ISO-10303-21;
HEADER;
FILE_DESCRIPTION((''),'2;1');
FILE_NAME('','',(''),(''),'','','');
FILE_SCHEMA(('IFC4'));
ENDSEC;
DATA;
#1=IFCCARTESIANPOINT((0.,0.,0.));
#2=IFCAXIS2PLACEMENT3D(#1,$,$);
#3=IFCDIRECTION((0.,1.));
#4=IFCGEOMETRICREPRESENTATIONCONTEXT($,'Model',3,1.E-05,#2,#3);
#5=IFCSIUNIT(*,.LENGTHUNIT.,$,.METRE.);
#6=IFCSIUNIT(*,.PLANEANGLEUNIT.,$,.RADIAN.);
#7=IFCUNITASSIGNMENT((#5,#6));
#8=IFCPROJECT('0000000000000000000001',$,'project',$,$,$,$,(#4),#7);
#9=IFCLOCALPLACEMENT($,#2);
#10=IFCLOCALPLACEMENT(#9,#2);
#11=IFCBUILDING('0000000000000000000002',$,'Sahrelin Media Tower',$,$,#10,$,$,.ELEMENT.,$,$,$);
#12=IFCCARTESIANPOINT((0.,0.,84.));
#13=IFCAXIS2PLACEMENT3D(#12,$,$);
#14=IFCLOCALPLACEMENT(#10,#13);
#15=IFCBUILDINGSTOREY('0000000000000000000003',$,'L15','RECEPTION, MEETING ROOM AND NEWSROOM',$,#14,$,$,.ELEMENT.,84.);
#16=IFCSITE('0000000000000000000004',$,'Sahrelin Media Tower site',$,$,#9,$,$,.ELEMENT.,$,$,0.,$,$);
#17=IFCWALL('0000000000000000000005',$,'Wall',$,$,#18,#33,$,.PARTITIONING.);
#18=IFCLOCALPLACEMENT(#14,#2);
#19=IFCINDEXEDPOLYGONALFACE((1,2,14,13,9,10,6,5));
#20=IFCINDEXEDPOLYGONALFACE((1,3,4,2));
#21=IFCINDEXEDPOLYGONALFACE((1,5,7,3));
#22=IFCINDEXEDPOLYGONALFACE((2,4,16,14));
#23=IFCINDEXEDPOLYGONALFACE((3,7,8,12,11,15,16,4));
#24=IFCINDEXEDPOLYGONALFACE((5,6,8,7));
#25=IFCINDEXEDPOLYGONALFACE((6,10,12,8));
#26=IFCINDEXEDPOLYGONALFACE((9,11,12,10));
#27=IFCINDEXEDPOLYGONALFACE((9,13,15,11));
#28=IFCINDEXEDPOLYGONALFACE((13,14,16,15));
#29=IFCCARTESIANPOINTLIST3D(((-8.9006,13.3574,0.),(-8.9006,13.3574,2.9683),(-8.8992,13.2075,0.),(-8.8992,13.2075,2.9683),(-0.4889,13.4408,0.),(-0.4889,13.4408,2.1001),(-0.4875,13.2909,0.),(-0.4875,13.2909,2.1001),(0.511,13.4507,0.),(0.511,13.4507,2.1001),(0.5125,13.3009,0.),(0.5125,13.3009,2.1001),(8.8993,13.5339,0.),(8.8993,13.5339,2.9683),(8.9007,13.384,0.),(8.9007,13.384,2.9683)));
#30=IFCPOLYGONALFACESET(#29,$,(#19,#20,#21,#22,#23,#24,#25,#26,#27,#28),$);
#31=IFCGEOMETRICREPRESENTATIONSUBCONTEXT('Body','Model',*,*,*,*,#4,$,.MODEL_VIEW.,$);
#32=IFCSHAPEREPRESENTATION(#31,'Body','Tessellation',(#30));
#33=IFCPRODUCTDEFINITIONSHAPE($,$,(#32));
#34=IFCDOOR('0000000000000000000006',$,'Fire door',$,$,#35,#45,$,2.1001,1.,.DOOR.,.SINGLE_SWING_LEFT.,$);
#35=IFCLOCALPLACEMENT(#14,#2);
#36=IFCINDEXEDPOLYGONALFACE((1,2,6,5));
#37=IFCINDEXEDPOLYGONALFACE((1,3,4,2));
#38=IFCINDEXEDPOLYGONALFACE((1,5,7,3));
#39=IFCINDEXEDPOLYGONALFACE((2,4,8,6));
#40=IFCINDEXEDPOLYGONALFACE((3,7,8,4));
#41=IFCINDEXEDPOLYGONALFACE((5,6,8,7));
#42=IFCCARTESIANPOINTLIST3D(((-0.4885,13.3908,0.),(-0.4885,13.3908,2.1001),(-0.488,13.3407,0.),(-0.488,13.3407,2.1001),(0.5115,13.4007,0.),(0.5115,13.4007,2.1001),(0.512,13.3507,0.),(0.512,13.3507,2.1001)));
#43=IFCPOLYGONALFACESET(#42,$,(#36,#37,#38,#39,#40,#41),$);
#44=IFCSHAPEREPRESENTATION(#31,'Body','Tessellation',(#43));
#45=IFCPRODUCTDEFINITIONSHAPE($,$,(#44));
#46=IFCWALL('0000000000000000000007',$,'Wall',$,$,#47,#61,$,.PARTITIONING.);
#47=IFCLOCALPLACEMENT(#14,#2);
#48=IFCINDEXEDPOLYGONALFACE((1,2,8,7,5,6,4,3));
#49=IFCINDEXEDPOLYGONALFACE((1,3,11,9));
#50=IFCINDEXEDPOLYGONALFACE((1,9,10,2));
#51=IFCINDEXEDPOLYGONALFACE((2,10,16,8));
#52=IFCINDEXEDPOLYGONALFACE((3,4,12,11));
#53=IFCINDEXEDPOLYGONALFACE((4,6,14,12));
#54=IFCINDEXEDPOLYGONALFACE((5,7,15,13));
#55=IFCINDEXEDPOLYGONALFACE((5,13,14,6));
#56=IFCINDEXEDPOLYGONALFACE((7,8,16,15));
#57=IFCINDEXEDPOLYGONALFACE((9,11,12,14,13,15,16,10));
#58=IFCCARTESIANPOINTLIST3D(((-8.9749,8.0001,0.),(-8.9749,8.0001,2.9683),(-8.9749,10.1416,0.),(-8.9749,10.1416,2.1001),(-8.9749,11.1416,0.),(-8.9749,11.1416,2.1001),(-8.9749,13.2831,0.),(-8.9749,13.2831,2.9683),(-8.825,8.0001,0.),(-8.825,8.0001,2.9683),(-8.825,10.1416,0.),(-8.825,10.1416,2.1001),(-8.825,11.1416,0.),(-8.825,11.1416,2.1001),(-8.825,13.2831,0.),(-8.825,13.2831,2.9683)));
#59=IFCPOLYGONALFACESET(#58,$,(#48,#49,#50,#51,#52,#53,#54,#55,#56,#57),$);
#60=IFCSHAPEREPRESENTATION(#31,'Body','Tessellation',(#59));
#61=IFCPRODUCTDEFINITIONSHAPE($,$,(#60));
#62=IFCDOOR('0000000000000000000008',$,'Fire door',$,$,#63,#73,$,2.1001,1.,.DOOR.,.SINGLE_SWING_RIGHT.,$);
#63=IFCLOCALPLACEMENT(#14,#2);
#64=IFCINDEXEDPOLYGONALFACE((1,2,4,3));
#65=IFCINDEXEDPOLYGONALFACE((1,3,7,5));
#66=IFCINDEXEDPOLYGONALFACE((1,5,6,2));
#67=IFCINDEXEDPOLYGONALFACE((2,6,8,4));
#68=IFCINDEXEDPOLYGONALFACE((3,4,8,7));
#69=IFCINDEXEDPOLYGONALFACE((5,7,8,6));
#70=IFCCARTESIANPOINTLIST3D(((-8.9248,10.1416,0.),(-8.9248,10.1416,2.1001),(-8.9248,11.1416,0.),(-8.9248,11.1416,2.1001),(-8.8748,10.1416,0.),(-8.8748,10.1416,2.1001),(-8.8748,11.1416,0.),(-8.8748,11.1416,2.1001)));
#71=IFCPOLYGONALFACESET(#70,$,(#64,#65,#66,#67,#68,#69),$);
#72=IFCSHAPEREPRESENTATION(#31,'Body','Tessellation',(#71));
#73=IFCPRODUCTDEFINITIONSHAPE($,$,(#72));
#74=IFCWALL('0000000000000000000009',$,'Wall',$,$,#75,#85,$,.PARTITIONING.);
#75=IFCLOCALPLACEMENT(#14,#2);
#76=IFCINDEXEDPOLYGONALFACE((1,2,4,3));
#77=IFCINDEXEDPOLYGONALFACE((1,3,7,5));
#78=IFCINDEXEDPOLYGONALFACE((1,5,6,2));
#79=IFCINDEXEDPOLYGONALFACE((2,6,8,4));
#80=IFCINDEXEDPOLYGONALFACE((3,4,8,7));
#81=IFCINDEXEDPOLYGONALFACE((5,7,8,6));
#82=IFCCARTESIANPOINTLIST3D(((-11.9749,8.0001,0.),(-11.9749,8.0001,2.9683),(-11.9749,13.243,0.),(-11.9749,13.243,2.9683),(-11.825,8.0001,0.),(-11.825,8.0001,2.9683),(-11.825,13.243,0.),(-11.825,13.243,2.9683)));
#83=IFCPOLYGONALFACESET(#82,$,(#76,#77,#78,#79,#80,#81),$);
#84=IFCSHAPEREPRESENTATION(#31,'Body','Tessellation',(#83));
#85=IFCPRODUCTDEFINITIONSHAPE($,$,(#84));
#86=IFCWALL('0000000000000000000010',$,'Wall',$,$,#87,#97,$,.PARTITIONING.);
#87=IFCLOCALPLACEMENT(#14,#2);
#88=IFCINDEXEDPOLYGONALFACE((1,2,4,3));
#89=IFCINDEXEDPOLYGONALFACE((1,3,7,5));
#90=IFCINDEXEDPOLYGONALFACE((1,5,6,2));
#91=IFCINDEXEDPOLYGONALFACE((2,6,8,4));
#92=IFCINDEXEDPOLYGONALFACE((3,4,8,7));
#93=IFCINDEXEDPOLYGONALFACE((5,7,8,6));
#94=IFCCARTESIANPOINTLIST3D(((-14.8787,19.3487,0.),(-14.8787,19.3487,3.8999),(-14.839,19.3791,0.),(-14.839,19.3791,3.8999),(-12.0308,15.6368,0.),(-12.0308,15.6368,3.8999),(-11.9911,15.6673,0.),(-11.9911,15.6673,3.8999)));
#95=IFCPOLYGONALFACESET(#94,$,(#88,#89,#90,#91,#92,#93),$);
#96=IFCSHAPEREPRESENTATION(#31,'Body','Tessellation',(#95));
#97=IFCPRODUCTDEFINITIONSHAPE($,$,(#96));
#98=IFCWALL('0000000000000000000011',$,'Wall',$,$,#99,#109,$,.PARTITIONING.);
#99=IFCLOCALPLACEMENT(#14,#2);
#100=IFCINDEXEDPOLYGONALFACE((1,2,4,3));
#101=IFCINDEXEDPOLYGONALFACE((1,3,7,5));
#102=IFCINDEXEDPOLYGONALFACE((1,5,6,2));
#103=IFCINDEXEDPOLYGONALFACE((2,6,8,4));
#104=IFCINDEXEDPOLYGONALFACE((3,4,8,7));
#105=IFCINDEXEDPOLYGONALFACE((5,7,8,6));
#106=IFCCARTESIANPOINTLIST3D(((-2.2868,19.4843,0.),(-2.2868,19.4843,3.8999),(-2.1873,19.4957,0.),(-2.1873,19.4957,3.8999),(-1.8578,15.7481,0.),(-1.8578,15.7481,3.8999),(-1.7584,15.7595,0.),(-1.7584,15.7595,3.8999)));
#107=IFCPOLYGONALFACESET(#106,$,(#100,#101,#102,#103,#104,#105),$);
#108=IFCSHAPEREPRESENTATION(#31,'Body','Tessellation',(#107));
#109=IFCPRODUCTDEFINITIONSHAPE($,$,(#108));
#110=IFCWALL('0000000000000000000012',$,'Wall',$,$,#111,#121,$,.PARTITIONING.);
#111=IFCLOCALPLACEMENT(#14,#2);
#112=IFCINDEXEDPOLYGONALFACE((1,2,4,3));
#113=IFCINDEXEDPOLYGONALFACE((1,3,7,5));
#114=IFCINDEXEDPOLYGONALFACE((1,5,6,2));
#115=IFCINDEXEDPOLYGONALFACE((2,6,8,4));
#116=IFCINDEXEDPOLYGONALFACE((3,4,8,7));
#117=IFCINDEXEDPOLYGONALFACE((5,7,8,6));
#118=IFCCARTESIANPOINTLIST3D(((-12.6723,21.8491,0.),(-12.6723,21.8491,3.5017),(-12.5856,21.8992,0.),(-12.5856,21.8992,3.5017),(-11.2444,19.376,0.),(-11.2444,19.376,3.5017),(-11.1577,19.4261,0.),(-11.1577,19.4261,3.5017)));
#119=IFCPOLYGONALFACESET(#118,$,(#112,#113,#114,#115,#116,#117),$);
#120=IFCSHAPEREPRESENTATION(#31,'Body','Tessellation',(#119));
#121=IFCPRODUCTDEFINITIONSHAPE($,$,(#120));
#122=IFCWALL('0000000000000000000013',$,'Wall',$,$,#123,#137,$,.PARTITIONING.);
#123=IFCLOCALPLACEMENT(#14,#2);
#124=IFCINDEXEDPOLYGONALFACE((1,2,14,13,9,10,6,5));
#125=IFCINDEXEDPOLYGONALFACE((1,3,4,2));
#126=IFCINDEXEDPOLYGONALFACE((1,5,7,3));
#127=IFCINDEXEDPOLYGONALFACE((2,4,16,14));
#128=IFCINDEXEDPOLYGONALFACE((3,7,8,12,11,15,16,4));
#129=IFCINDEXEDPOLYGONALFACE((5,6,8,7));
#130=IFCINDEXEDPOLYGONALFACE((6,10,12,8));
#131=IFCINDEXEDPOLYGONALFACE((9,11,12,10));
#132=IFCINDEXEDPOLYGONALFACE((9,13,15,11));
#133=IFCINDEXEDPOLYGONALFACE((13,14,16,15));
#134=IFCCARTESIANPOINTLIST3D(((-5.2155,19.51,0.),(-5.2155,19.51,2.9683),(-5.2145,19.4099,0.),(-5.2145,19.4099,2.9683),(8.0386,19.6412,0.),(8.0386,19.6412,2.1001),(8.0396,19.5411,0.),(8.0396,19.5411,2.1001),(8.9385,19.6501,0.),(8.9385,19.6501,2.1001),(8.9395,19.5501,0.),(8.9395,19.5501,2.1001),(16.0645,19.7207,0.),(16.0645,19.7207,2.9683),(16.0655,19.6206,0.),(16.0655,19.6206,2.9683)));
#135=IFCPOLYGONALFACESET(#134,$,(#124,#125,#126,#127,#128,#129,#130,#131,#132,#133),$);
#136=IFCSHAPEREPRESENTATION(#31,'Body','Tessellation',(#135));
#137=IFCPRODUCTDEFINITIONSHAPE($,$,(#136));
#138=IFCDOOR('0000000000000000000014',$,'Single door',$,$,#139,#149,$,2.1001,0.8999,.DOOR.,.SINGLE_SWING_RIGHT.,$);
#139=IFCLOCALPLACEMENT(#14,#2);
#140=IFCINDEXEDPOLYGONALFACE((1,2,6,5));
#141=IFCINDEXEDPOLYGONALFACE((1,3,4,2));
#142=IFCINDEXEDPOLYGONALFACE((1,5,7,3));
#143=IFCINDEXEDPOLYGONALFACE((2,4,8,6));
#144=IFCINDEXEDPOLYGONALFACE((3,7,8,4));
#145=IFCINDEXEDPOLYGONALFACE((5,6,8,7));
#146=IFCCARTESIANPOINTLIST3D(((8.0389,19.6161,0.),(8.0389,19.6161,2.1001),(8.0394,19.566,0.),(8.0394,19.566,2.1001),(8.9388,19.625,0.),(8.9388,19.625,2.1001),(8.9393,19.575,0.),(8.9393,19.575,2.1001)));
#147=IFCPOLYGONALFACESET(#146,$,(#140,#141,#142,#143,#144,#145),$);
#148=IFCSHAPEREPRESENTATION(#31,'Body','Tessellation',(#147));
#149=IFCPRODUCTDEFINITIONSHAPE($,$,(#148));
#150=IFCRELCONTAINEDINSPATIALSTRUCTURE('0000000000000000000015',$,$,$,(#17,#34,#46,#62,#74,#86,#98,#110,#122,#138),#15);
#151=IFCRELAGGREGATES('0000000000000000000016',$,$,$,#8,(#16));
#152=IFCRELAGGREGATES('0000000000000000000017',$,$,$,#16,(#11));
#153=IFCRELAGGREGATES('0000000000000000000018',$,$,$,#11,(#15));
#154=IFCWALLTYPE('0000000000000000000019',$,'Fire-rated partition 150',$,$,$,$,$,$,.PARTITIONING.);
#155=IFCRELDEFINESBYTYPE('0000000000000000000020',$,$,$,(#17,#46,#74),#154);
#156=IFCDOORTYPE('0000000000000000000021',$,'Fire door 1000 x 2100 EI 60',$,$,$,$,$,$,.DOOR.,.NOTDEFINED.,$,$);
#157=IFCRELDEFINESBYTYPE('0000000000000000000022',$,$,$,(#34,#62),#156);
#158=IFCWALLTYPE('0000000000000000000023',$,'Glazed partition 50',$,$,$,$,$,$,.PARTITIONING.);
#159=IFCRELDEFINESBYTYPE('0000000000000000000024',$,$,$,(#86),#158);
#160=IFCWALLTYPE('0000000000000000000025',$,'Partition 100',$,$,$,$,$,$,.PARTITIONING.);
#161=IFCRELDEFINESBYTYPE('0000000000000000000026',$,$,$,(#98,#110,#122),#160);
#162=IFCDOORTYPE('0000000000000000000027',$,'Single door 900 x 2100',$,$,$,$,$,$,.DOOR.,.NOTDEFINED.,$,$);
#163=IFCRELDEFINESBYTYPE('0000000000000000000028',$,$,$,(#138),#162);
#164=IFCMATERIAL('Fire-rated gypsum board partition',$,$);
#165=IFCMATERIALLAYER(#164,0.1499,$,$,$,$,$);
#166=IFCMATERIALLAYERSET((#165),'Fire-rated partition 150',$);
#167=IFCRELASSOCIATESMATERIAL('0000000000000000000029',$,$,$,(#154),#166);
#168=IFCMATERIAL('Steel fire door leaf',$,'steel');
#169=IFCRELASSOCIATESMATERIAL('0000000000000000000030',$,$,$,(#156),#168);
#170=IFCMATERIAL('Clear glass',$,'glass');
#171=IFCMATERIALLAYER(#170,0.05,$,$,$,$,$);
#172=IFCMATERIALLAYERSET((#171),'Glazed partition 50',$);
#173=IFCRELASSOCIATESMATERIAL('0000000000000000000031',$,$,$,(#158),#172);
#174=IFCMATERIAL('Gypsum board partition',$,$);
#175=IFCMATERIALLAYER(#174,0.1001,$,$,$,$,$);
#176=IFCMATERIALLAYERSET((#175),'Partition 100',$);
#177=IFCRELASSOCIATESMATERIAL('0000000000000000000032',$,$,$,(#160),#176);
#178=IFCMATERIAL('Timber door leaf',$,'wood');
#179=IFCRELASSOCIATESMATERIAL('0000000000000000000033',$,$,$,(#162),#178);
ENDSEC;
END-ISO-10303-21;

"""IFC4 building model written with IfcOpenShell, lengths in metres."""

from ifc_helpers import new_model, si_unit, direction, frame, frame_2d, origin, place, context, subcontext, project, spatial, rectangle, extrude, material, layer, layer_set, type_object, element, fill, save


model = new_model("IFC4")

# Units and contexts
model_context = context("Model", 3, precision=1e-05, world=origin(), true_north=direction((0.0, 1.0)))
body_context = subcontext(model_context, "Body", "Model", "MODEL_VIEW")
ifc_project = project(units=[si_unit("LENGTHUNIT", "METRE"), si_unit("PLANEANGLEUNIT", "RADIAN")], contexts=[model_context])

# Site, building, storey
site_placement = place(None, origin())
site = spatial("IfcSite", under=ifc_project, at=site_placement, Name="Sahrelin Media Tower site", CompositionType="ELEMENT", RefElevation=0.0)
building_placement = place(site_placement, origin())
building = spatial("IfcBuilding", under=site, at=building_placement, Name="Sahrelin Media Tower", CompositionType="ELEMENT")
storey_placement = place(building_placement, frame((0.0, 0.0, 84.0)))
storey = spatial("IfcBuildingStorey", under=building, at=storey_placement, Name="L15", Description="RECEPTION, MEETING ROOM AND NEWSROOM", CompositionType="ELEMENT", Elevation=84.0)

# Shared definitions
ifc_material_1 = material(Name="Fire-rated gypsum board partition")
ifc_layer_1 = layer(ifc_material_1, 0.1499)
ifc_layer_set_1 = layer_set([ifc_layer_1], Name="Fire-rated partition 150")
wall_type_1 = type_object("IfcWallType", Name="Fire-rated partition 150", PredefinedType="PARTITIONING", material=ifc_layer_set_1)

# Walls, openings, doors
wall_1_placement = place(storey_placement, frame((-8.8999, 13.2825, 0.0), z_axis=(0.0, 0.0, 1.0), x_axis=(0.999951, 0.009916, 0.0)))
wall_1 = element("IfcWall", 1, at=wall_1_placement, inside=storey, type_object=wall_type_1, Name="Wall", PredefinedType="PARTITIONING", context=body_context, shape_type="SweptSolid", body=[
    extrude(rectangle(XDim=17.8008, YDim=0.1499, at=frame_2d((8.9004, 0.0))), origin(), (0.0, 0.0, 1.0), 2.9683),
])
opening_1_placement = place(wall_1_placement, frame((8.4121, 0.0, 0.0)))
opening_1 = element("IfcOpeningElement", 2, at=opening_1_placement, cuts=wall_1, PredefinedType="OPENING", context=body_context, shape_type="SweptSolid", body=[
    extrude(rectangle(XDim=1.0, YDim=2.1001, at=frame_2d((0.5, 1.05))), frame((0.0, 0.075, 0.0), z_axis=(0.0, -1.0, 0.0), x_axis=(1.0, 0.0, 0.0)), (0.0, 0.0, 1.0), 0.1499),
])
ifc_material_2 = material(Name="Steel fire door leaf", Category="steel")
door_type_1 = type_object("IfcDoorType", Name="Fire door 1000 x 2100 EI 60", OperationType="NOTDEFINED", PredefinedType="DOOR", material=ifc_material_2)
door_1_placement = place(opening_1_placement, origin())
door_1 = element("IfcDoor", 3, at=door_1_placement, inside=storey, type_object=door_type_1, Name="Fire door", OperationType="SINGLE_SWING_LEFT", OverallHeight=2.1001, OverallWidth=1.0, PredefinedType="DOOR", context=body_context, shape_type="SweptSolid", body=[
    extrude(rectangle(XDim=1.0, YDim=2.1001, at=frame_2d((0.5, 1.05))), frame((0.0, 0.0249, 0.0), z_axis=(0.0, -1.0, 0.0), x_axis=(1.0, 0.0, 0.0)), (0.0, 0.0, 1.0), 0.05),
])
fill(opening_1, door_1)
wall_2_placement = place(storey_placement, frame((-8.8999, 8.0, 0.0), z_axis=(0.0, 0.0, 1.0), x_axis=(0.0, 1.0, 0.0)))
wall_2 = element("IfcWall", 4, at=wall_2_placement, inside=storey, type_object=wall_type_1, Name="Wall", PredefinedType="PARTITIONING", context=body_context, shape_type="SweptSolid", body=[
    extrude(rectangle(XDim=5.283, YDim=0.1499, at=frame_2d((2.6416, 0.0))), origin(), (0.0, 0.0, 1.0), 2.9683),
])
opening_2_placement = place(wall_2_placement, frame((2.1416, 0.0, 0.0)))
opening_2 = element("IfcOpeningElement", 5, at=opening_2_placement, cuts=wall_2, PredefinedType="OPENING", context=body_context, shape_type="SweptSolid", body=[
    extrude(rectangle(XDim=1.0, YDim=2.1001, at=frame_2d((0.5, 1.05))), frame((0.0, 0.075, 0.0), z_axis=(0.0, -1.0, 0.0), x_axis=(1.0, 0.0, 0.0)), (0.0, 0.0, 1.0), 0.1499),
])
door_2_placement = place(opening_2_placement, origin())
door_2 = element("IfcDoor", 6, at=door_2_placement, inside=storey, type_object=door_type_1, Name="Fire door", OperationType="SINGLE_SWING_RIGHT", OverallHeight=2.1001, OverallWidth=1.0, PredefinedType="DOOR", context=body_context, shape_type="SweptSolid", body=[
    extrude(rectangle(XDim=1.0, YDim=2.1001, at=frame_2d((0.5, 1.05))), frame((0.0, 0.0249, 0.0), z_axis=(0.0, -1.0, 0.0), x_axis=(1.0, 0.0, 0.0)), (0.0, 0.0, 1.0), 0.05),
])
fill(opening_2, door_2)

# Walls
wall_3_placement = place(storey_placement, frame((-11.8999, 8.0, 0.0), z_axis=(0.0, 0.0, 1.0), x_axis=(0.0, 1.0, 0.0)))
element("IfcWall", 7, at=wall_3_placement, inside=storey, type_object=wall_type_1, Name="Wall", PredefinedType="PARTITIONING", context=body_context, shape_type="SweptSolid", body=[
    extrude(rectangle(XDim=5.2429, YDim=0.1499, at=frame_2d((2.6216, 0.0))), origin(), (0.0, 0.0, 1.0), 2.9683),
])
ifc_material_3 = material(Name="Clear glass", Category="glass")
ifc_layer_2 = layer(ifc_material_3, 0.05)
ifc_layer_set_2 = layer_set([ifc_layer_2], Name="Glazed partition 50")
wall_type_2 = type_object("IfcWallType", Name="Glazed partition 50", PredefinedType="PARTITIONING", material=ifc_layer_set_2)
wall_4_placement = place(storey_placement, frame((-14.8589, 19.364, 0.0), z_axis=(0.0, 0.0, 1.0), x_axis=(0.608714, -0.79339, 0.0)))
element("IfcWall", 8, at=wall_4_placement, inside=storey, type_object=wall_type_2, Name="Wall", PredefinedType="PARTITIONING", context=body_context, shape_type="SweptSolid", body=[
    extrude(rectangle(XDim=4.6785, YDim=0.05, at=frame_2d((2.3394, 0.0))), origin(), (0.0, 0.0, 1.0), 3.8999),
])
ifc_material_4 = material(Name="Gypsum board partition")
ifc_layer_3 = layer(ifc_material_4, 0.1001)
ifc_layer_set_3 = layer_set([ifc_layer_3], Name="Partition 100")
wall_type_3 = type_object("IfcWallType", Name="Partition 100", PredefinedType="PARTITIONING", material=ifc_layer_set_3)
wall_5_placement = place(storey_placement, frame((-2.2371, 19.49, 0.0), z_axis=(0.0, 0.0, 1.0), x_axis=(0.114065, -0.993473, 0.0)))
element("IfcWall", 9, at=wall_5_placement, inside=storey, type_object=wall_type_3, Name="Wall", PredefinedType="PARTITIONING", context=body_context, shape_type="SweptSolid", body=[
    extrude(rectangle(XDim=3.7607, YDim=0.1001, at=frame_2d((1.8804, 0.0))), origin(), (0.0, 0.0, 1.0), 3.8999),
])
wall_6_placement = place(storey_placement, frame((-12.6289, 21.874, 0.0), z_axis=(0.0, 0.0, 1.0), x_axis=(0.500028, -0.866009, 0.0)))
element("IfcWall", 10, at=wall_6_placement, inside=storey, type_object=wall_type_3, Name="Wall", PredefinedType="PARTITIONING", context=body_context, shape_type="SweptSolid", body=[
    extrude(rectangle(XDim=2.8557, YDim=0.1001, at=frame_2d((1.4277, 0.0))), origin(), (0.0, 0.0, 1.0), 3.5017),
])

# Wall, opening, door
wall_7_placement = place(storey_placement, frame((-5.2151, 19.46, 0.0), z_axis=(0.0, 0.0, 1.0), x_axis=(0.999951, 0.009901, 0.0)))
wall_7 = element("IfcWall", 11, at=wall_7_placement, inside=storey, type_object=wall_type_3, Name="Wall", PredefinedType="PARTITIONING", context=body_context, shape_type="SweptSolid", body=[
    extrude(rectangle(XDim=21.281, YDim=0.1001, at=frame_2d((10.6406, 0.0))), origin(), (0.0, 0.0, 1.0), 2.9683),
])
opening_3_placement = place(wall_7_placement, frame((13.2549, 0.0, 0.0)))
opening_3 = element("IfcOpeningElement", 12, at=opening_3_placement, cuts=wall_7, PredefinedType="OPENING", context=body_context, shape_type="SweptSolid", body=[
    extrude(rectangle(XDim=0.8999, YDim=2.1001, at=frame_2d((0.45, 1.05))), frame((0.0, 0.05, 0.0), z_axis=(0.0, -1.0, 0.0), x_axis=(1.0, 0.0, 0.0)), (0.0, 0.0, 1.0), 0.1001),
])
ifc_material_5 = material(Name="Timber door leaf", Category="wood")
door_type_2 = type_object("IfcDoorType", Name="Single door 900 x 2100", OperationType="NOTDEFINED", PredefinedType="DOOR", material=ifc_material_5)
door_3_placement = place(opening_3_placement, origin())
door_3 = element("IfcDoor", 13, at=door_3_placement, inside=storey, type_object=door_type_2, Name="Single door", OperationType="SINGLE_SWING_RIGHT", OverallHeight=2.1001, OverallWidth=0.8999, PredefinedType="DOOR", context=body_context, shape_type="SweptSolid", body=[
    extrude(rectangle(XDim=0.8999, YDim=2.1001, at=frame_2d((0.45, 1.05))), frame((0.0, 0.0249, 0.0), z_axis=(0.0, -1.0, 0.0), x_axis=(1.0, 0.0, 0.0)), (0.0, 0.0, 1.0), 0.05),
])
fill(opening_3, door_3)

save(model, "model.ifc")
